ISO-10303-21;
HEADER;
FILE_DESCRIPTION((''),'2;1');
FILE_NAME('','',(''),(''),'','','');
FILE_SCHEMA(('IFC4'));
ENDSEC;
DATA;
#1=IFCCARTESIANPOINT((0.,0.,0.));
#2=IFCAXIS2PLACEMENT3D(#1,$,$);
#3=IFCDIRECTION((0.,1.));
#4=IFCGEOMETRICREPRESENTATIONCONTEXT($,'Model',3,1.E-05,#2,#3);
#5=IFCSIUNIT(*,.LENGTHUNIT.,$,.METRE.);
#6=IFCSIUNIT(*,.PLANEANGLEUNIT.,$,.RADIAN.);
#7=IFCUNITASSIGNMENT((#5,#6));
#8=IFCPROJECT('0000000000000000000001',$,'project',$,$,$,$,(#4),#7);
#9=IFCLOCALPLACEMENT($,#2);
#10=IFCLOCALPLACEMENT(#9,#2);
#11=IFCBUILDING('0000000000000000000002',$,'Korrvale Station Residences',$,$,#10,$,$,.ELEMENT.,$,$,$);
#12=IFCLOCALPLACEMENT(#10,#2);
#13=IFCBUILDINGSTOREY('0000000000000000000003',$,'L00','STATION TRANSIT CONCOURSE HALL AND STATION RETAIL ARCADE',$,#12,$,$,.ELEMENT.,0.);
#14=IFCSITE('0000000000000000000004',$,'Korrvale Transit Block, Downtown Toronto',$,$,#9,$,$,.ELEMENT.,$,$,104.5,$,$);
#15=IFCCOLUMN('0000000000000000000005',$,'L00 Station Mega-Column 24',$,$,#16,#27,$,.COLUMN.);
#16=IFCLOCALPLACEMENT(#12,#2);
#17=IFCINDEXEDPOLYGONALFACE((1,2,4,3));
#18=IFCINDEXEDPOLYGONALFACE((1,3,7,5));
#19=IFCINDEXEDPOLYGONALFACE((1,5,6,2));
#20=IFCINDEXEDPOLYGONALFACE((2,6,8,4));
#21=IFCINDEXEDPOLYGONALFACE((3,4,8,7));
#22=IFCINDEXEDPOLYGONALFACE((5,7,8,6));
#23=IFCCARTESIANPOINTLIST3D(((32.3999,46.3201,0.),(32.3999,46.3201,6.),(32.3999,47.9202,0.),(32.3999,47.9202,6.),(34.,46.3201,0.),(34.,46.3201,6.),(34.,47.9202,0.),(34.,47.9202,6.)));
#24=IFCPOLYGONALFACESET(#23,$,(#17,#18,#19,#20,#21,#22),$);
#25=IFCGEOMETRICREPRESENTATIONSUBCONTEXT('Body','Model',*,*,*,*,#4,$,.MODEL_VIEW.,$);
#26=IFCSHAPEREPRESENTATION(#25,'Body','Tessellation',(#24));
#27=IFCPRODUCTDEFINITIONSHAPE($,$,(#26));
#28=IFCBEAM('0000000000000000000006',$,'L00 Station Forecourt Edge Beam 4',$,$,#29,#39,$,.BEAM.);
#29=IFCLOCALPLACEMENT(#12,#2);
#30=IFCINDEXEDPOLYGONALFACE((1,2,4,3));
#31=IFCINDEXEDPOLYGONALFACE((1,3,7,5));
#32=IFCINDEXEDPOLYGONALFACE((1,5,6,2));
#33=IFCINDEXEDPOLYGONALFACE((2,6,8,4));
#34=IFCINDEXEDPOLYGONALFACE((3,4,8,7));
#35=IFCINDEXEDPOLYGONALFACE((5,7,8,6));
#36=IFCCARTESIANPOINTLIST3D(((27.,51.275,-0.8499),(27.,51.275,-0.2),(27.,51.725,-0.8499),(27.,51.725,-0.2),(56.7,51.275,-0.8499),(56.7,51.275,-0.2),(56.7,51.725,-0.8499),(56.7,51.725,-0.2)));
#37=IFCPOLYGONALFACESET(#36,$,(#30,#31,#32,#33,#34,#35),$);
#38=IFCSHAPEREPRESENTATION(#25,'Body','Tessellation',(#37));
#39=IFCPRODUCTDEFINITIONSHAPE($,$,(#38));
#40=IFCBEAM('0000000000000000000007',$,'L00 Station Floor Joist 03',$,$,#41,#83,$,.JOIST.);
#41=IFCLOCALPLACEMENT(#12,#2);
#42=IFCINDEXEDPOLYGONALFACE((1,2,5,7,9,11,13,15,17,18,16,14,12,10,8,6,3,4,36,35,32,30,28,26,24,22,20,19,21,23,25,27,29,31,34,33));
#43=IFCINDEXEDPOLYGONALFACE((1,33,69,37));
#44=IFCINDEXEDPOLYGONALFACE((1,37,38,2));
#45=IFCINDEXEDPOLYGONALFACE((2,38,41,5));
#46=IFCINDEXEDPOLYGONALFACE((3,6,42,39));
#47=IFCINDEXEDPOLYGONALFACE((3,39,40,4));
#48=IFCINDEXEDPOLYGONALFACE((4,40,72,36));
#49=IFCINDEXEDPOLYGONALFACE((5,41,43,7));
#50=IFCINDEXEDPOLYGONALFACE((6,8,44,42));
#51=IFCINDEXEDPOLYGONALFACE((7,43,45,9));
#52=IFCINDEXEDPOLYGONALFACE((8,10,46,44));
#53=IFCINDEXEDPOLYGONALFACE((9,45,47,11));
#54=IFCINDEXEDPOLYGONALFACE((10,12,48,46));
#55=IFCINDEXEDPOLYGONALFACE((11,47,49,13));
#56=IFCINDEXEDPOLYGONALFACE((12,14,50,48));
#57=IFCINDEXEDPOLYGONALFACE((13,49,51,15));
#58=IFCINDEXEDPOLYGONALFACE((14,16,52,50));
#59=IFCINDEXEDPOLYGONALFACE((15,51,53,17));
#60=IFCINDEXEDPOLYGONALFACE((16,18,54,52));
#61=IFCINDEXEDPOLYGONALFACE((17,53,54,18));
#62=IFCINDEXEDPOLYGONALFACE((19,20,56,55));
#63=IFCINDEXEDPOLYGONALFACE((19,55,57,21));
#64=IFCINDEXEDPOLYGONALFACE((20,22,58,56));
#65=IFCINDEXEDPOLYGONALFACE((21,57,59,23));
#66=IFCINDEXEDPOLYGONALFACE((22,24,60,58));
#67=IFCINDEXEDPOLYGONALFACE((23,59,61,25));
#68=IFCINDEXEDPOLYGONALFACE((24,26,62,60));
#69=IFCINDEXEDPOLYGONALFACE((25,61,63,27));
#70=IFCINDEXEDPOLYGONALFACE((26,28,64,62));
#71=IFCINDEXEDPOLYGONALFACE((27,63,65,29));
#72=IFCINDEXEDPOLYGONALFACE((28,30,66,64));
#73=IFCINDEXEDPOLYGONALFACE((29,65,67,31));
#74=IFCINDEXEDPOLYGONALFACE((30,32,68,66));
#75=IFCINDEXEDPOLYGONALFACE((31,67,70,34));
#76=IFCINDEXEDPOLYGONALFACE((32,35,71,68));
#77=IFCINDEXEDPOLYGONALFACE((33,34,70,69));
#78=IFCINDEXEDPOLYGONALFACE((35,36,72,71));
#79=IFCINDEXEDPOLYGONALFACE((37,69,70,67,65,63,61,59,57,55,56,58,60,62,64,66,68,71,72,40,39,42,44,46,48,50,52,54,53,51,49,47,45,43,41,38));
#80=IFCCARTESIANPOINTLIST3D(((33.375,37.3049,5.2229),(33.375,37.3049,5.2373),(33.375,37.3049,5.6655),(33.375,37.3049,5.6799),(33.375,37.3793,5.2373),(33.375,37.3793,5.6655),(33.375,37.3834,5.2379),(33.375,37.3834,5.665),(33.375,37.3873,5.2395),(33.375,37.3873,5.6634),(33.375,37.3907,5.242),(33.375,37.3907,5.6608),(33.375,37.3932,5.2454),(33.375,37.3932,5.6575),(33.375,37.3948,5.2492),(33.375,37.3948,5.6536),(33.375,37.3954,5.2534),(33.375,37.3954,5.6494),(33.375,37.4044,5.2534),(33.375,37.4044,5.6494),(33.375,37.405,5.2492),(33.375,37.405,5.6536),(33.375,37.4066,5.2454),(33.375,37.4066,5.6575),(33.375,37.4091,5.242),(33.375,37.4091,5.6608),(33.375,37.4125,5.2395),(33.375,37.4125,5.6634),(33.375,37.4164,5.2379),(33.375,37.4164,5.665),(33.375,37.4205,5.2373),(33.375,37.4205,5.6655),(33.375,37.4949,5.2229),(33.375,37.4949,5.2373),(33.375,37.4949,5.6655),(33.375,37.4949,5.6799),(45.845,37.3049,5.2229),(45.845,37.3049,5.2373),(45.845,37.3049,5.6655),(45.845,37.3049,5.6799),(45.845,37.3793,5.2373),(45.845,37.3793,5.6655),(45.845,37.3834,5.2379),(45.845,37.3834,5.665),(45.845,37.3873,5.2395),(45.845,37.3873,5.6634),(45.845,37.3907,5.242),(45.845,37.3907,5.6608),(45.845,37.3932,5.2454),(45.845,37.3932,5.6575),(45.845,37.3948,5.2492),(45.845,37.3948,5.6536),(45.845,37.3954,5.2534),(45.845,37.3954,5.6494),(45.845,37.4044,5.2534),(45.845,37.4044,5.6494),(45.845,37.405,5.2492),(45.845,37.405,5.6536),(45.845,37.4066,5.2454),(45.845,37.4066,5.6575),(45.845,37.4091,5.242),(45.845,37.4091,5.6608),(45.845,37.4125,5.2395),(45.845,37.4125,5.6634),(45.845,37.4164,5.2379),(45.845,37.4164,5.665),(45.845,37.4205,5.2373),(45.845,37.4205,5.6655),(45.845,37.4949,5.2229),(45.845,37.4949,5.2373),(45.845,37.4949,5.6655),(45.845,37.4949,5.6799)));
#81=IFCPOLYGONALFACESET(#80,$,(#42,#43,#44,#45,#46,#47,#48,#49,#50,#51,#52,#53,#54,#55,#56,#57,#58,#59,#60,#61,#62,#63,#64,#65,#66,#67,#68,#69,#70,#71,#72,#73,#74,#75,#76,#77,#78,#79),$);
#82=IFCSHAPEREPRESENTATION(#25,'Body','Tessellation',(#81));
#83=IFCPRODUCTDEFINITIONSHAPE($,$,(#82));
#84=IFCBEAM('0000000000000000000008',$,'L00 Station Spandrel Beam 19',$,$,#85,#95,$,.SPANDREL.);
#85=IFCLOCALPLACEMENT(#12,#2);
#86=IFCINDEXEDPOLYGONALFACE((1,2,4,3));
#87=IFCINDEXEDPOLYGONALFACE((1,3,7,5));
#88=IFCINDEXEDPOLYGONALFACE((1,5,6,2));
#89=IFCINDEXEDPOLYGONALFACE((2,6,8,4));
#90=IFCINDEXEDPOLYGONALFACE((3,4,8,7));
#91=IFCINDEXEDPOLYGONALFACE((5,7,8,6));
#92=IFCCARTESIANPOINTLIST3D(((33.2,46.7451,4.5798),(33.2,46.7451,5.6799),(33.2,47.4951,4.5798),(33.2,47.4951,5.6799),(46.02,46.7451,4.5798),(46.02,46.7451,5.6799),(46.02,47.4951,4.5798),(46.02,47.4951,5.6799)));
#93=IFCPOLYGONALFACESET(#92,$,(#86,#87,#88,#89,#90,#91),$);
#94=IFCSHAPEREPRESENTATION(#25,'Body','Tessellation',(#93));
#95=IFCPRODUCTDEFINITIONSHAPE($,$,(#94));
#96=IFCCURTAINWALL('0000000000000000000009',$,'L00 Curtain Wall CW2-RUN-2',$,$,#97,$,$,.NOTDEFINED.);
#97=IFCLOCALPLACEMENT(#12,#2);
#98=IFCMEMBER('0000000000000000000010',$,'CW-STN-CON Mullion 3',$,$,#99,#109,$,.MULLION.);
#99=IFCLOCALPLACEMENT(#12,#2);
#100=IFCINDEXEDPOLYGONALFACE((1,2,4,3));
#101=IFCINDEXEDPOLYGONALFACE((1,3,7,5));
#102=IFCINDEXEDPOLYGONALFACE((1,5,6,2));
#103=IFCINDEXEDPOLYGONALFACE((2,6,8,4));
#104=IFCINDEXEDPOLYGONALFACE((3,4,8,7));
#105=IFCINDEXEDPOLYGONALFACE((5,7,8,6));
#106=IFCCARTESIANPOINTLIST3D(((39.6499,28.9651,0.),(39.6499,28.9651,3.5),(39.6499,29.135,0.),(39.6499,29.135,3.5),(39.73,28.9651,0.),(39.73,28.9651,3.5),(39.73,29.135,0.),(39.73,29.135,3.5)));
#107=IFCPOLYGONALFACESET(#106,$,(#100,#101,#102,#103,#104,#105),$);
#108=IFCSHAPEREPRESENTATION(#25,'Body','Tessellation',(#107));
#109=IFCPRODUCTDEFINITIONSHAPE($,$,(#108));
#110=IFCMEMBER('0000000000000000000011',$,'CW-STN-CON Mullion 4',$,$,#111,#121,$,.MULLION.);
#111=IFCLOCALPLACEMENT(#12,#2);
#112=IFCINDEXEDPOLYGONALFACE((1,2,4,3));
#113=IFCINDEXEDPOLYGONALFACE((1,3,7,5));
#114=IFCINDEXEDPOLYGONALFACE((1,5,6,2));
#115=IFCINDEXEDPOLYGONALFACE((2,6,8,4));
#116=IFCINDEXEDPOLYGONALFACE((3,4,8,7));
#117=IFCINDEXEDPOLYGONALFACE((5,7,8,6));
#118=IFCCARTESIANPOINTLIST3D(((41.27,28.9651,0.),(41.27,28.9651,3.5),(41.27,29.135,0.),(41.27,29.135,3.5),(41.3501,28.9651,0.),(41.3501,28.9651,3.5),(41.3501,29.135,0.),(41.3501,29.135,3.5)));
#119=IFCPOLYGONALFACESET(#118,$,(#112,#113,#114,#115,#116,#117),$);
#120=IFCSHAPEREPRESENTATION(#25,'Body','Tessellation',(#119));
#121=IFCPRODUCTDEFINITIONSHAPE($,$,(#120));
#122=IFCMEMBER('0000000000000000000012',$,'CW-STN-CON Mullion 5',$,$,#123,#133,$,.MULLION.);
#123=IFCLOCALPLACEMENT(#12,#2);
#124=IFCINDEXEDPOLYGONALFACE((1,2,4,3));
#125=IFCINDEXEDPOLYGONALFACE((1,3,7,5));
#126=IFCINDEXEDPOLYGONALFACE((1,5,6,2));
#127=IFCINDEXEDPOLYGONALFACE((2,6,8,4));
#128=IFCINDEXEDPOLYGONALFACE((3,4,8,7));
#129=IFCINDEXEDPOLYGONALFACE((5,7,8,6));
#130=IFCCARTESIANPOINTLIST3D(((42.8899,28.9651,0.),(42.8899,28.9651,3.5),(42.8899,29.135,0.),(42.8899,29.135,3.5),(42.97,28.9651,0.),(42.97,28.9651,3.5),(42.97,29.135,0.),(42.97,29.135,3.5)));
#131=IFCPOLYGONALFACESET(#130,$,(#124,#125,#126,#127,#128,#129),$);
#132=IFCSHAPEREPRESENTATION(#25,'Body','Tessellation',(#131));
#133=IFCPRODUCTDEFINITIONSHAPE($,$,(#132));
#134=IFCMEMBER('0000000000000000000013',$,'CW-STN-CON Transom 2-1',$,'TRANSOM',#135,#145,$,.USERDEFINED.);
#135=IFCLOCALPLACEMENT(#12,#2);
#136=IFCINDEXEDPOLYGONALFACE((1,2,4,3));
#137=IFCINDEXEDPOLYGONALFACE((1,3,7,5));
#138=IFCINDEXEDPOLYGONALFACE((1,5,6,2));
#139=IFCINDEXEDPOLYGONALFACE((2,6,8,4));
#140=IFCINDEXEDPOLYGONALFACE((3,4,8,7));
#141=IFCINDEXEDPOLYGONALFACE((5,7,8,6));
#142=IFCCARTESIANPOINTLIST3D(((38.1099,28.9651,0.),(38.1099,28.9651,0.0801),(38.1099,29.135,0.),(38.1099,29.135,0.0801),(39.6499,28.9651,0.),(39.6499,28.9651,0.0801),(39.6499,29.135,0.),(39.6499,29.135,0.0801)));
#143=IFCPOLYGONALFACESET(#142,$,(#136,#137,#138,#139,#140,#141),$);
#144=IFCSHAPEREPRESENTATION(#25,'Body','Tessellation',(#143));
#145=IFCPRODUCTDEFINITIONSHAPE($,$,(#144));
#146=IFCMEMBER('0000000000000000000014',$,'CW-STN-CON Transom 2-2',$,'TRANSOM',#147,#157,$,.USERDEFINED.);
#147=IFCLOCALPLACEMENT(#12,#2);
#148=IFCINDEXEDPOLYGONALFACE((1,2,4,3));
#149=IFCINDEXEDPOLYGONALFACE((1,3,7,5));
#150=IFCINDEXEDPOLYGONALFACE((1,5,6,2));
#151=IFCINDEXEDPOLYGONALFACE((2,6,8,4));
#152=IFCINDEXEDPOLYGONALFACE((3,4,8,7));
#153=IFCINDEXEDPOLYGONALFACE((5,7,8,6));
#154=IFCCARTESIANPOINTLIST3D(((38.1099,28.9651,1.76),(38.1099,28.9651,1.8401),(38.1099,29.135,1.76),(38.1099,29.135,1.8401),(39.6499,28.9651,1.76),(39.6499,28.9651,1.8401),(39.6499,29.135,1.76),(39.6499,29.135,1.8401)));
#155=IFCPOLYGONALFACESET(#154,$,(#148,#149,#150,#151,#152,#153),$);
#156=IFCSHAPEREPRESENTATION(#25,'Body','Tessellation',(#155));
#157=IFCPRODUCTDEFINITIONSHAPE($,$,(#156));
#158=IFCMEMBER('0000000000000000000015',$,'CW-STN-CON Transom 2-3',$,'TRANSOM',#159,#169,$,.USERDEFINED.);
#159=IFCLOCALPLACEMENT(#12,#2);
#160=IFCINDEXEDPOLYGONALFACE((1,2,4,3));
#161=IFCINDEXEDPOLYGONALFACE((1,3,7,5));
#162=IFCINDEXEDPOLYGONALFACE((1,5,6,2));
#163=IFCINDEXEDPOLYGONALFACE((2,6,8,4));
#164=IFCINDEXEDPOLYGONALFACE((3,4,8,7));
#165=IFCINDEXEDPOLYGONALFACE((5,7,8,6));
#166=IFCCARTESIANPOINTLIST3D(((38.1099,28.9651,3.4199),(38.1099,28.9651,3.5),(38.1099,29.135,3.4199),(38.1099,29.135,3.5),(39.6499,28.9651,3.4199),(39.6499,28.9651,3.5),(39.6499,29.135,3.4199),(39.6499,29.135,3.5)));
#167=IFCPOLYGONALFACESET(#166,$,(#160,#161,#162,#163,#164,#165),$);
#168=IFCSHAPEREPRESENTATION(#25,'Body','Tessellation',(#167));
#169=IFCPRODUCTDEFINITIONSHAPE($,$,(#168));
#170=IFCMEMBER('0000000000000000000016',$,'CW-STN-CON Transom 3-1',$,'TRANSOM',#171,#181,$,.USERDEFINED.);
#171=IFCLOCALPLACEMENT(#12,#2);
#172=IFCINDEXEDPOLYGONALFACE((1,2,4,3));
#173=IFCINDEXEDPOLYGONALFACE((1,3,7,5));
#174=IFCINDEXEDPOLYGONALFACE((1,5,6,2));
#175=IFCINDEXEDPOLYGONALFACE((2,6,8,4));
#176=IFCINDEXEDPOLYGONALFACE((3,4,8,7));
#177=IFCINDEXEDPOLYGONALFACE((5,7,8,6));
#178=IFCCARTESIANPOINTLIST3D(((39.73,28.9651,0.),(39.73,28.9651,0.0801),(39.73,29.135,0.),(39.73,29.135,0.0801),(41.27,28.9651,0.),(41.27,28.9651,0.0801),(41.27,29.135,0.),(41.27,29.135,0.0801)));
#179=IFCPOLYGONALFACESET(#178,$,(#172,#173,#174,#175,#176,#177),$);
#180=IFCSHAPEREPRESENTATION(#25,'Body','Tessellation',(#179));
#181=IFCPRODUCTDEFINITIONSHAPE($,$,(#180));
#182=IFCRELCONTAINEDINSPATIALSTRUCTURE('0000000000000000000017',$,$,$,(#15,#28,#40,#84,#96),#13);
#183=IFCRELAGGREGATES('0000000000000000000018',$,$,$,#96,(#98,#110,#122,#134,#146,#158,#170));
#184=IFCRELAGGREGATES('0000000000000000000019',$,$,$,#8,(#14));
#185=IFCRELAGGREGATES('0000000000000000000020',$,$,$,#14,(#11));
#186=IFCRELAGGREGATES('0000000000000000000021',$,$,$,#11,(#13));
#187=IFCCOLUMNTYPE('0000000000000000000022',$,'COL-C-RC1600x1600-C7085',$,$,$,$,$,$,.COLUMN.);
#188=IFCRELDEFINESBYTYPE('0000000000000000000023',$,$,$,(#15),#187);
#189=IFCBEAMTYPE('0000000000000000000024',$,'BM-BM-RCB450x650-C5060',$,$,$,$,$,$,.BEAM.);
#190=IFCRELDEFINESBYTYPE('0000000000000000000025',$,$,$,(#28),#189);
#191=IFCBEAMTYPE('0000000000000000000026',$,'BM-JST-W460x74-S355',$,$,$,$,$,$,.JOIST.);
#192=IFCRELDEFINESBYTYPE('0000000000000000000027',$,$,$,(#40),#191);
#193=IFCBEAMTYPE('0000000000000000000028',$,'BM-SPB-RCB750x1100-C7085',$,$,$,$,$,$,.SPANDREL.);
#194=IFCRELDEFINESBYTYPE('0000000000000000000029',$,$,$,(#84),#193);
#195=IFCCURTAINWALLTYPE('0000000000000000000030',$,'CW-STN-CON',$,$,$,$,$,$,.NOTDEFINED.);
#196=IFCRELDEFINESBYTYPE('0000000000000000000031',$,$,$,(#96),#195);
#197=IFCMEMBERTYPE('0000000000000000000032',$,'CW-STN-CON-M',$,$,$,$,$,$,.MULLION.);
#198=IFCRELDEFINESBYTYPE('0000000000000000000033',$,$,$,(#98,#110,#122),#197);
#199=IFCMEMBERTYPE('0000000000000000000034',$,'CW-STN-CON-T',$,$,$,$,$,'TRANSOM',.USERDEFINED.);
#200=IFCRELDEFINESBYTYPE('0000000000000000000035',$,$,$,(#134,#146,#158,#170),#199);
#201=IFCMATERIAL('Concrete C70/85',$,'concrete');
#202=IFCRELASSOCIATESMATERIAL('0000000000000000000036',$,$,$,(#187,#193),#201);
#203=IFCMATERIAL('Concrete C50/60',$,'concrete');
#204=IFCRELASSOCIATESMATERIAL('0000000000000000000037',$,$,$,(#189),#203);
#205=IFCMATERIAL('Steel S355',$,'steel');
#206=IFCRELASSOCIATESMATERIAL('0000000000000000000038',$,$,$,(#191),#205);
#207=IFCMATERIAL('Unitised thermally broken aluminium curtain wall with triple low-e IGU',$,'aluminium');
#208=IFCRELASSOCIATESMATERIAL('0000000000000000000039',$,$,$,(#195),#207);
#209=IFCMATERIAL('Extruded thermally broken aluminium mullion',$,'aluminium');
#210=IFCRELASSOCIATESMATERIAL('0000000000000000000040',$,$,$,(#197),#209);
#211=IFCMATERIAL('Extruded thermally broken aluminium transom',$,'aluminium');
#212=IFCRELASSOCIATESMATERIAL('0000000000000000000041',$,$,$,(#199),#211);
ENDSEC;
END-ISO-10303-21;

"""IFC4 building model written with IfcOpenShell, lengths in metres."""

from ifc_helpers import new_model, si_unit, direction, frame, origin, origin_2d, place, context, subcontext, project, spatial, rectangle, i_section, extrude, material, material_profile, profile_set, type_object, element, aggregate, save


model = new_model("IFC4")

# Units and contexts
model_context = context("Model", 3, precision=1e-05, world=origin(), true_north=direction((0.0, 1.0)))
body_context = subcontext(model_context, "Body", "Model", "MODEL_VIEW")
ifc_project = project(units=[si_unit("LENGTHUNIT", "METRE"), si_unit("PLANEANGLEUNIT", "RADIAN")], contexts=[model_context])

# Site, building, storey
site_placement = place(None, origin())
site = spatial("IfcSite", under=ifc_project, at=site_placement, Name="Korrvale Transit Block, Downtown Toronto", CompositionType="ELEMENT", RefElevation=104.5)
building_placement = place(site_placement, origin())
building = spatial("IfcBuilding", under=site, at=building_placement, Name="Korrvale Station Residences", CompositionType="ELEMENT")
storey_placement = place(building_placement, origin())
storey = spatial("IfcBuildingStorey", under=building, at=storey_placement, Name="L00", Description="STATION TRANSIT CONCOURSE HALL AND STATION RETAIL ARCADE", CompositionType="ELEMENT", Elevation=0.0)

# Column
ifc_material_1 = material(Name="Concrete C70/85", Category="concrete")
ifc_material_profile_1 = material_profile(ifc_material_1, rectangle(XDim=1.6001, YDim=1.6001, at=origin_2d()), Name="RC1600x1600")
ifc_profile_set_1 = profile_set([ifc_material_profile_1], Name="Concrete C70/85")
column_type = type_object("IfcColumnType", Name="COL-C-RC1600x1600-C7085", PredefinedType="COLUMN", material=ifc_profile_set_1)
column_placement = place(storey_placement, frame((33.2, 47.1201, 0.0), z_axis=(0.0, 0.0, 1.0), x_axis=(1.0, 0.0, 0.0)))
element("IfcColumn", 1, at=column_placement, inside=storey, type_object=column_type, Name="L00 Station Mega-Column 24", PredefinedType="COLUMN", context=body_context, shape_type="SweptSolid", body=[
    extrude(rectangle(XDim=1.6001, YDim=1.6001, at=origin_2d()), origin(), (0.0, 0.0, 1.0), 6.0),
])

# Beams
ifc_material_2 = material(Name="Concrete C50/60", Category="concrete")
ifc_material_profile_2 = material_profile(ifc_material_2, rectangle(XDim=0.45, YDim=0.6499, at=origin_2d()), Name="RCB450x650")
ifc_profile_set_2 = profile_set([ifc_material_profile_2], Name="Concrete C50/60")
beam_type_1 = type_object("IfcBeamType", Name="BM-BM-RCB450x650-C5060", PredefinedType="BEAM", material=ifc_profile_set_2)
beam_1_placement = place(storey_placement, frame((27.0, 51.5, -0.5249), z_axis=(1.0, 0.0, 0.0), x_axis=(0.0, 1.0, 0.0)))
element("IfcBeam", 2, at=beam_1_placement, inside=storey, type_object=beam_type_1, Name="L00 Station Forecourt Edge Beam 4", PredefinedType="BEAM", context=body_context, shape_type="SweptSolid", body=[
    extrude(rectangle(XDim=0.45, YDim=0.6499, at=origin_2d()), origin(), (0.0, 0.0, 1.0), 29.7),
])
ifc_material_3 = material(Name="Steel S355", Category="steel")
ifc_material_profile_3 = material_profile(ifc_material_3, i_section(OverallWidth=0.1899, OverallDepth=0.457, WebThickness=0.009, FlangeThickness=0.0144, FilletRadius=0.0161, at=origin_2d()), Name="W460x74")
ifc_profile_set_3 = profile_set([ifc_material_profile_3], Name="Steel S355")
beam_type_2 = type_object("IfcBeamType", Name="BM-JST-W460x74-S355", PredefinedType="JOIST", material=ifc_profile_set_3)
beam_2_placement = place(storey_placement, frame((33.375, 37.3999, 5.4514), z_axis=(1.0, 0.0, 0.0), x_axis=(0.0, 1.0, 0.0)))
element("IfcBeam", 3, at=beam_2_placement, inside=storey, type_object=beam_type_2, Name="L00 Station Floor Joist 03", PredefinedType="JOIST", context=body_context, shape_type="SweptSolid", body=[
    extrude(i_section(OverallWidth=0.1899, OverallDepth=0.457, WebThickness=0.009, FlangeThickness=0.0144, FilletRadius=0.0161, at=origin_2d()), origin(), (0.0, 0.0, 1.0), 12.47),
])
ifc_material_profile_4 = material_profile(ifc_material_1, rectangle(XDim=0.75, YDim=1.1001, at=origin_2d()), Name="RCB750x1100")
ifc_profile_set_4 = profile_set([ifc_material_profile_4], Name="Concrete C70/85")
beam_type_3 = type_object("IfcBeamType", Name="BM-SPB-RCB750x1100-C7085", PredefinedType="SPANDREL", material=ifc_profile_set_4)
beam_3_placement = place(storey_placement, frame((33.2, 47.1201, 5.1299), z_axis=(1.0, 0.0, 0.0), x_axis=(0.0, 1.0, 0.0)))
element("IfcBeam", 4, at=beam_3_placement, inside=storey, type_object=beam_type_3, Name="L00 Station Spandrel Beam 19", PredefinedType="SPANDREL", context=body_context, shape_type="SweptSolid", body=[
    extrude(rectangle(XDim=0.75, YDim=1.1001, at=origin_2d()), origin(), (0.0, 0.0, 1.0), 12.8201),
])

# Curtain wall, members
ifc_material_4 = material(Name="Unitised thermally broken aluminium curtain wall with triple low-e IGU", Category="aluminium")
curtain_wall_type = type_object("IfcCurtainWallType", Name="CW-STN-CON", PredefinedType="NOTDEFINED", material=ifc_material_4)
curtain_wall_placement = place(storey_placement, origin())
curtain_wall = element("IfcCurtainWall", 5, at=curtain_wall_placement, inside=storey, type_object=curtain_wall_type, Name="L00 Curtain Wall CW2-RUN-2", PredefinedType="NOTDEFINED")
ifc_material_5 = material(Name="Extruded thermally broken aluminium mullion", Category="aluminium")
member_type_1 = type_object("IfcMemberType", Name="CW-STN-CON-M", PredefinedType="MULLION", material=ifc_material_5)
member_1_placement = place(storey_placement, frame((39.6899, 29.05, 0.0), z_axis=(0.0, 0.0, 1.0), x_axis=(1.0, 0.0, 0.0)))
member_1 = element("IfcMember", 6, at=member_1_placement, type_object=member_type_1, Name="CW-STN-CON Mullion 3", PredefinedType="MULLION", context=body_context, shape_type="SweptSolid", body=[
    extrude(rectangle(XDim=0.0801, YDim=0.1699, at=origin_2d()), origin(), (0.0, 0.0, 1.0), 3.5),
])
member_2_placement = place(storey_placement, frame((41.3101, 29.05, 0.0), z_axis=(0.0, 0.0, 1.0), x_axis=(1.0, 0.0, 0.0)))
member_2 = element("IfcMember", 7, at=member_2_placement, type_object=member_type_1, Name="CW-STN-CON Mullion 4", PredefinedType="MULLION", context=body_context, shape_type="SweptSolid", body=[
    extrude(rectangle(XDim=0.0801, YDim=0.1699, at=origin_2d()), origin(), (0.0, 0.0, 1.0), 3.5),
])
member_3_placement = place(storey_placement, frame((42.9299, 29.05, 0.0), z_axis=(0.0, 0.0, 1.0), x_axis=(1.0, 0.0, 0.0)))
member_3 = element("IfcMember", 8, at=member_3_placement, type_object=member_type_1, Name="CW-STN-CON Mullion 5", PredefinedType="MULLION", context=body_context, shape_type="SweptSolid", body=[
    extrude(rectangle(XDim=0.0801, YDim=0.1699, at=origin_2d()), origin(), (0.0, 0.0, 1.0), 3.5),
])
ifc_material_6 = material(Name="Extruded thermally broken aluminium transom", Category="aluminium")
member_type_2 = type_object("IfcMemberType", Name="CW-STN-CON-T", ElementType="TRANSOM", PredefinedType="USERDEFINED", material=ifc_material_6)
member_4_placement = place(storey_placement, frame((38.8799, 29.05, 0.0), z_axis=(0.0, 0.0, 1.0), x_axis=(1.0, 0.0, 0.0)))
member_4 = element("IfcMember", 9, at=member_4_placement, type_object=member_type_2, Name="CW-STN-CON Transom 2-1", ObjectType="TRANSOM", PredefinedType="USERDEFINED", context=body_context, shape_type="SweptSolid", body=[
    extrude(rectangle(XDim=1.54, YDim=0.1699, at=origin_2d()), origin(), (0.0, 0.0, 1.0), 0.0801),
])
member_5_placement = place(storey_placement, frame((38.8799, 29.05, 1.76), z_axis=(0.0, 0.0, 1.0), x_axis=(1.0, 0.0, 0.0)))
member_5 = element("IfcMember", 10, at=member_5_placement, type_object=member_type_2, Name="CW-STN-CON Transom 2-2", ObjectType="TRANSOM", PredefinedType="USERDEFINED", context=body_context, shape_type="SweptSolid", body=[
    extrude(rectangle(XDim=1.54, YDim=0.1699, at=origin_2d()), origin(), (0.0, 0.0, 1.0), 0.0801),
])
member_6_placement = place(storey_placement, frame((38.8799, 29.05, 3.4199), z_axis=(0.0, 0.0, 1.0), x_axis=(1.0, 0.0, 0.0)))
member_6 = element("IfcMember", 11, at=member_6_placement, type_object=member_type_2, Name="CW-STN-CON Transom 2-3", ObjectType="TRANSOM", PredefinedType="USERDEFINED", context=body_context, shape_type="SweptSolid", body=[
    extrude(rectangle(XDim=1.54, YDim=0.1699, at=origin_2d()), origin(), (0.0, 0.0, 1.0), 0.0801),
])
member_7_placement = place(storey_placement, frame((40.5, 29.05, 0.0), z_axis=(0.0, 0.0, 1.0), x_axis=(1.0, 0.0, 0.0)))
member_7 = element("IfcMember", 12, at=member_7_placement, type_object=member_type_2, Name="CW-STN-CON Transom 3-1", ObjectType="TRANSOM", PredefinedType="USERDEFINED", context=body_context, shape_type="SweptSolid", body=[
    extrude(rectangle(XDim=1.54, YDim=0.1699, at=origin_2d()), origin(), (0.0, 0.0, 1.0), 0.0801),
])
aggregate(curtain_wall, [member_1, member_2, member_3, member_4, member_5, member_6, member_7])

save(model, "model.ifc")
